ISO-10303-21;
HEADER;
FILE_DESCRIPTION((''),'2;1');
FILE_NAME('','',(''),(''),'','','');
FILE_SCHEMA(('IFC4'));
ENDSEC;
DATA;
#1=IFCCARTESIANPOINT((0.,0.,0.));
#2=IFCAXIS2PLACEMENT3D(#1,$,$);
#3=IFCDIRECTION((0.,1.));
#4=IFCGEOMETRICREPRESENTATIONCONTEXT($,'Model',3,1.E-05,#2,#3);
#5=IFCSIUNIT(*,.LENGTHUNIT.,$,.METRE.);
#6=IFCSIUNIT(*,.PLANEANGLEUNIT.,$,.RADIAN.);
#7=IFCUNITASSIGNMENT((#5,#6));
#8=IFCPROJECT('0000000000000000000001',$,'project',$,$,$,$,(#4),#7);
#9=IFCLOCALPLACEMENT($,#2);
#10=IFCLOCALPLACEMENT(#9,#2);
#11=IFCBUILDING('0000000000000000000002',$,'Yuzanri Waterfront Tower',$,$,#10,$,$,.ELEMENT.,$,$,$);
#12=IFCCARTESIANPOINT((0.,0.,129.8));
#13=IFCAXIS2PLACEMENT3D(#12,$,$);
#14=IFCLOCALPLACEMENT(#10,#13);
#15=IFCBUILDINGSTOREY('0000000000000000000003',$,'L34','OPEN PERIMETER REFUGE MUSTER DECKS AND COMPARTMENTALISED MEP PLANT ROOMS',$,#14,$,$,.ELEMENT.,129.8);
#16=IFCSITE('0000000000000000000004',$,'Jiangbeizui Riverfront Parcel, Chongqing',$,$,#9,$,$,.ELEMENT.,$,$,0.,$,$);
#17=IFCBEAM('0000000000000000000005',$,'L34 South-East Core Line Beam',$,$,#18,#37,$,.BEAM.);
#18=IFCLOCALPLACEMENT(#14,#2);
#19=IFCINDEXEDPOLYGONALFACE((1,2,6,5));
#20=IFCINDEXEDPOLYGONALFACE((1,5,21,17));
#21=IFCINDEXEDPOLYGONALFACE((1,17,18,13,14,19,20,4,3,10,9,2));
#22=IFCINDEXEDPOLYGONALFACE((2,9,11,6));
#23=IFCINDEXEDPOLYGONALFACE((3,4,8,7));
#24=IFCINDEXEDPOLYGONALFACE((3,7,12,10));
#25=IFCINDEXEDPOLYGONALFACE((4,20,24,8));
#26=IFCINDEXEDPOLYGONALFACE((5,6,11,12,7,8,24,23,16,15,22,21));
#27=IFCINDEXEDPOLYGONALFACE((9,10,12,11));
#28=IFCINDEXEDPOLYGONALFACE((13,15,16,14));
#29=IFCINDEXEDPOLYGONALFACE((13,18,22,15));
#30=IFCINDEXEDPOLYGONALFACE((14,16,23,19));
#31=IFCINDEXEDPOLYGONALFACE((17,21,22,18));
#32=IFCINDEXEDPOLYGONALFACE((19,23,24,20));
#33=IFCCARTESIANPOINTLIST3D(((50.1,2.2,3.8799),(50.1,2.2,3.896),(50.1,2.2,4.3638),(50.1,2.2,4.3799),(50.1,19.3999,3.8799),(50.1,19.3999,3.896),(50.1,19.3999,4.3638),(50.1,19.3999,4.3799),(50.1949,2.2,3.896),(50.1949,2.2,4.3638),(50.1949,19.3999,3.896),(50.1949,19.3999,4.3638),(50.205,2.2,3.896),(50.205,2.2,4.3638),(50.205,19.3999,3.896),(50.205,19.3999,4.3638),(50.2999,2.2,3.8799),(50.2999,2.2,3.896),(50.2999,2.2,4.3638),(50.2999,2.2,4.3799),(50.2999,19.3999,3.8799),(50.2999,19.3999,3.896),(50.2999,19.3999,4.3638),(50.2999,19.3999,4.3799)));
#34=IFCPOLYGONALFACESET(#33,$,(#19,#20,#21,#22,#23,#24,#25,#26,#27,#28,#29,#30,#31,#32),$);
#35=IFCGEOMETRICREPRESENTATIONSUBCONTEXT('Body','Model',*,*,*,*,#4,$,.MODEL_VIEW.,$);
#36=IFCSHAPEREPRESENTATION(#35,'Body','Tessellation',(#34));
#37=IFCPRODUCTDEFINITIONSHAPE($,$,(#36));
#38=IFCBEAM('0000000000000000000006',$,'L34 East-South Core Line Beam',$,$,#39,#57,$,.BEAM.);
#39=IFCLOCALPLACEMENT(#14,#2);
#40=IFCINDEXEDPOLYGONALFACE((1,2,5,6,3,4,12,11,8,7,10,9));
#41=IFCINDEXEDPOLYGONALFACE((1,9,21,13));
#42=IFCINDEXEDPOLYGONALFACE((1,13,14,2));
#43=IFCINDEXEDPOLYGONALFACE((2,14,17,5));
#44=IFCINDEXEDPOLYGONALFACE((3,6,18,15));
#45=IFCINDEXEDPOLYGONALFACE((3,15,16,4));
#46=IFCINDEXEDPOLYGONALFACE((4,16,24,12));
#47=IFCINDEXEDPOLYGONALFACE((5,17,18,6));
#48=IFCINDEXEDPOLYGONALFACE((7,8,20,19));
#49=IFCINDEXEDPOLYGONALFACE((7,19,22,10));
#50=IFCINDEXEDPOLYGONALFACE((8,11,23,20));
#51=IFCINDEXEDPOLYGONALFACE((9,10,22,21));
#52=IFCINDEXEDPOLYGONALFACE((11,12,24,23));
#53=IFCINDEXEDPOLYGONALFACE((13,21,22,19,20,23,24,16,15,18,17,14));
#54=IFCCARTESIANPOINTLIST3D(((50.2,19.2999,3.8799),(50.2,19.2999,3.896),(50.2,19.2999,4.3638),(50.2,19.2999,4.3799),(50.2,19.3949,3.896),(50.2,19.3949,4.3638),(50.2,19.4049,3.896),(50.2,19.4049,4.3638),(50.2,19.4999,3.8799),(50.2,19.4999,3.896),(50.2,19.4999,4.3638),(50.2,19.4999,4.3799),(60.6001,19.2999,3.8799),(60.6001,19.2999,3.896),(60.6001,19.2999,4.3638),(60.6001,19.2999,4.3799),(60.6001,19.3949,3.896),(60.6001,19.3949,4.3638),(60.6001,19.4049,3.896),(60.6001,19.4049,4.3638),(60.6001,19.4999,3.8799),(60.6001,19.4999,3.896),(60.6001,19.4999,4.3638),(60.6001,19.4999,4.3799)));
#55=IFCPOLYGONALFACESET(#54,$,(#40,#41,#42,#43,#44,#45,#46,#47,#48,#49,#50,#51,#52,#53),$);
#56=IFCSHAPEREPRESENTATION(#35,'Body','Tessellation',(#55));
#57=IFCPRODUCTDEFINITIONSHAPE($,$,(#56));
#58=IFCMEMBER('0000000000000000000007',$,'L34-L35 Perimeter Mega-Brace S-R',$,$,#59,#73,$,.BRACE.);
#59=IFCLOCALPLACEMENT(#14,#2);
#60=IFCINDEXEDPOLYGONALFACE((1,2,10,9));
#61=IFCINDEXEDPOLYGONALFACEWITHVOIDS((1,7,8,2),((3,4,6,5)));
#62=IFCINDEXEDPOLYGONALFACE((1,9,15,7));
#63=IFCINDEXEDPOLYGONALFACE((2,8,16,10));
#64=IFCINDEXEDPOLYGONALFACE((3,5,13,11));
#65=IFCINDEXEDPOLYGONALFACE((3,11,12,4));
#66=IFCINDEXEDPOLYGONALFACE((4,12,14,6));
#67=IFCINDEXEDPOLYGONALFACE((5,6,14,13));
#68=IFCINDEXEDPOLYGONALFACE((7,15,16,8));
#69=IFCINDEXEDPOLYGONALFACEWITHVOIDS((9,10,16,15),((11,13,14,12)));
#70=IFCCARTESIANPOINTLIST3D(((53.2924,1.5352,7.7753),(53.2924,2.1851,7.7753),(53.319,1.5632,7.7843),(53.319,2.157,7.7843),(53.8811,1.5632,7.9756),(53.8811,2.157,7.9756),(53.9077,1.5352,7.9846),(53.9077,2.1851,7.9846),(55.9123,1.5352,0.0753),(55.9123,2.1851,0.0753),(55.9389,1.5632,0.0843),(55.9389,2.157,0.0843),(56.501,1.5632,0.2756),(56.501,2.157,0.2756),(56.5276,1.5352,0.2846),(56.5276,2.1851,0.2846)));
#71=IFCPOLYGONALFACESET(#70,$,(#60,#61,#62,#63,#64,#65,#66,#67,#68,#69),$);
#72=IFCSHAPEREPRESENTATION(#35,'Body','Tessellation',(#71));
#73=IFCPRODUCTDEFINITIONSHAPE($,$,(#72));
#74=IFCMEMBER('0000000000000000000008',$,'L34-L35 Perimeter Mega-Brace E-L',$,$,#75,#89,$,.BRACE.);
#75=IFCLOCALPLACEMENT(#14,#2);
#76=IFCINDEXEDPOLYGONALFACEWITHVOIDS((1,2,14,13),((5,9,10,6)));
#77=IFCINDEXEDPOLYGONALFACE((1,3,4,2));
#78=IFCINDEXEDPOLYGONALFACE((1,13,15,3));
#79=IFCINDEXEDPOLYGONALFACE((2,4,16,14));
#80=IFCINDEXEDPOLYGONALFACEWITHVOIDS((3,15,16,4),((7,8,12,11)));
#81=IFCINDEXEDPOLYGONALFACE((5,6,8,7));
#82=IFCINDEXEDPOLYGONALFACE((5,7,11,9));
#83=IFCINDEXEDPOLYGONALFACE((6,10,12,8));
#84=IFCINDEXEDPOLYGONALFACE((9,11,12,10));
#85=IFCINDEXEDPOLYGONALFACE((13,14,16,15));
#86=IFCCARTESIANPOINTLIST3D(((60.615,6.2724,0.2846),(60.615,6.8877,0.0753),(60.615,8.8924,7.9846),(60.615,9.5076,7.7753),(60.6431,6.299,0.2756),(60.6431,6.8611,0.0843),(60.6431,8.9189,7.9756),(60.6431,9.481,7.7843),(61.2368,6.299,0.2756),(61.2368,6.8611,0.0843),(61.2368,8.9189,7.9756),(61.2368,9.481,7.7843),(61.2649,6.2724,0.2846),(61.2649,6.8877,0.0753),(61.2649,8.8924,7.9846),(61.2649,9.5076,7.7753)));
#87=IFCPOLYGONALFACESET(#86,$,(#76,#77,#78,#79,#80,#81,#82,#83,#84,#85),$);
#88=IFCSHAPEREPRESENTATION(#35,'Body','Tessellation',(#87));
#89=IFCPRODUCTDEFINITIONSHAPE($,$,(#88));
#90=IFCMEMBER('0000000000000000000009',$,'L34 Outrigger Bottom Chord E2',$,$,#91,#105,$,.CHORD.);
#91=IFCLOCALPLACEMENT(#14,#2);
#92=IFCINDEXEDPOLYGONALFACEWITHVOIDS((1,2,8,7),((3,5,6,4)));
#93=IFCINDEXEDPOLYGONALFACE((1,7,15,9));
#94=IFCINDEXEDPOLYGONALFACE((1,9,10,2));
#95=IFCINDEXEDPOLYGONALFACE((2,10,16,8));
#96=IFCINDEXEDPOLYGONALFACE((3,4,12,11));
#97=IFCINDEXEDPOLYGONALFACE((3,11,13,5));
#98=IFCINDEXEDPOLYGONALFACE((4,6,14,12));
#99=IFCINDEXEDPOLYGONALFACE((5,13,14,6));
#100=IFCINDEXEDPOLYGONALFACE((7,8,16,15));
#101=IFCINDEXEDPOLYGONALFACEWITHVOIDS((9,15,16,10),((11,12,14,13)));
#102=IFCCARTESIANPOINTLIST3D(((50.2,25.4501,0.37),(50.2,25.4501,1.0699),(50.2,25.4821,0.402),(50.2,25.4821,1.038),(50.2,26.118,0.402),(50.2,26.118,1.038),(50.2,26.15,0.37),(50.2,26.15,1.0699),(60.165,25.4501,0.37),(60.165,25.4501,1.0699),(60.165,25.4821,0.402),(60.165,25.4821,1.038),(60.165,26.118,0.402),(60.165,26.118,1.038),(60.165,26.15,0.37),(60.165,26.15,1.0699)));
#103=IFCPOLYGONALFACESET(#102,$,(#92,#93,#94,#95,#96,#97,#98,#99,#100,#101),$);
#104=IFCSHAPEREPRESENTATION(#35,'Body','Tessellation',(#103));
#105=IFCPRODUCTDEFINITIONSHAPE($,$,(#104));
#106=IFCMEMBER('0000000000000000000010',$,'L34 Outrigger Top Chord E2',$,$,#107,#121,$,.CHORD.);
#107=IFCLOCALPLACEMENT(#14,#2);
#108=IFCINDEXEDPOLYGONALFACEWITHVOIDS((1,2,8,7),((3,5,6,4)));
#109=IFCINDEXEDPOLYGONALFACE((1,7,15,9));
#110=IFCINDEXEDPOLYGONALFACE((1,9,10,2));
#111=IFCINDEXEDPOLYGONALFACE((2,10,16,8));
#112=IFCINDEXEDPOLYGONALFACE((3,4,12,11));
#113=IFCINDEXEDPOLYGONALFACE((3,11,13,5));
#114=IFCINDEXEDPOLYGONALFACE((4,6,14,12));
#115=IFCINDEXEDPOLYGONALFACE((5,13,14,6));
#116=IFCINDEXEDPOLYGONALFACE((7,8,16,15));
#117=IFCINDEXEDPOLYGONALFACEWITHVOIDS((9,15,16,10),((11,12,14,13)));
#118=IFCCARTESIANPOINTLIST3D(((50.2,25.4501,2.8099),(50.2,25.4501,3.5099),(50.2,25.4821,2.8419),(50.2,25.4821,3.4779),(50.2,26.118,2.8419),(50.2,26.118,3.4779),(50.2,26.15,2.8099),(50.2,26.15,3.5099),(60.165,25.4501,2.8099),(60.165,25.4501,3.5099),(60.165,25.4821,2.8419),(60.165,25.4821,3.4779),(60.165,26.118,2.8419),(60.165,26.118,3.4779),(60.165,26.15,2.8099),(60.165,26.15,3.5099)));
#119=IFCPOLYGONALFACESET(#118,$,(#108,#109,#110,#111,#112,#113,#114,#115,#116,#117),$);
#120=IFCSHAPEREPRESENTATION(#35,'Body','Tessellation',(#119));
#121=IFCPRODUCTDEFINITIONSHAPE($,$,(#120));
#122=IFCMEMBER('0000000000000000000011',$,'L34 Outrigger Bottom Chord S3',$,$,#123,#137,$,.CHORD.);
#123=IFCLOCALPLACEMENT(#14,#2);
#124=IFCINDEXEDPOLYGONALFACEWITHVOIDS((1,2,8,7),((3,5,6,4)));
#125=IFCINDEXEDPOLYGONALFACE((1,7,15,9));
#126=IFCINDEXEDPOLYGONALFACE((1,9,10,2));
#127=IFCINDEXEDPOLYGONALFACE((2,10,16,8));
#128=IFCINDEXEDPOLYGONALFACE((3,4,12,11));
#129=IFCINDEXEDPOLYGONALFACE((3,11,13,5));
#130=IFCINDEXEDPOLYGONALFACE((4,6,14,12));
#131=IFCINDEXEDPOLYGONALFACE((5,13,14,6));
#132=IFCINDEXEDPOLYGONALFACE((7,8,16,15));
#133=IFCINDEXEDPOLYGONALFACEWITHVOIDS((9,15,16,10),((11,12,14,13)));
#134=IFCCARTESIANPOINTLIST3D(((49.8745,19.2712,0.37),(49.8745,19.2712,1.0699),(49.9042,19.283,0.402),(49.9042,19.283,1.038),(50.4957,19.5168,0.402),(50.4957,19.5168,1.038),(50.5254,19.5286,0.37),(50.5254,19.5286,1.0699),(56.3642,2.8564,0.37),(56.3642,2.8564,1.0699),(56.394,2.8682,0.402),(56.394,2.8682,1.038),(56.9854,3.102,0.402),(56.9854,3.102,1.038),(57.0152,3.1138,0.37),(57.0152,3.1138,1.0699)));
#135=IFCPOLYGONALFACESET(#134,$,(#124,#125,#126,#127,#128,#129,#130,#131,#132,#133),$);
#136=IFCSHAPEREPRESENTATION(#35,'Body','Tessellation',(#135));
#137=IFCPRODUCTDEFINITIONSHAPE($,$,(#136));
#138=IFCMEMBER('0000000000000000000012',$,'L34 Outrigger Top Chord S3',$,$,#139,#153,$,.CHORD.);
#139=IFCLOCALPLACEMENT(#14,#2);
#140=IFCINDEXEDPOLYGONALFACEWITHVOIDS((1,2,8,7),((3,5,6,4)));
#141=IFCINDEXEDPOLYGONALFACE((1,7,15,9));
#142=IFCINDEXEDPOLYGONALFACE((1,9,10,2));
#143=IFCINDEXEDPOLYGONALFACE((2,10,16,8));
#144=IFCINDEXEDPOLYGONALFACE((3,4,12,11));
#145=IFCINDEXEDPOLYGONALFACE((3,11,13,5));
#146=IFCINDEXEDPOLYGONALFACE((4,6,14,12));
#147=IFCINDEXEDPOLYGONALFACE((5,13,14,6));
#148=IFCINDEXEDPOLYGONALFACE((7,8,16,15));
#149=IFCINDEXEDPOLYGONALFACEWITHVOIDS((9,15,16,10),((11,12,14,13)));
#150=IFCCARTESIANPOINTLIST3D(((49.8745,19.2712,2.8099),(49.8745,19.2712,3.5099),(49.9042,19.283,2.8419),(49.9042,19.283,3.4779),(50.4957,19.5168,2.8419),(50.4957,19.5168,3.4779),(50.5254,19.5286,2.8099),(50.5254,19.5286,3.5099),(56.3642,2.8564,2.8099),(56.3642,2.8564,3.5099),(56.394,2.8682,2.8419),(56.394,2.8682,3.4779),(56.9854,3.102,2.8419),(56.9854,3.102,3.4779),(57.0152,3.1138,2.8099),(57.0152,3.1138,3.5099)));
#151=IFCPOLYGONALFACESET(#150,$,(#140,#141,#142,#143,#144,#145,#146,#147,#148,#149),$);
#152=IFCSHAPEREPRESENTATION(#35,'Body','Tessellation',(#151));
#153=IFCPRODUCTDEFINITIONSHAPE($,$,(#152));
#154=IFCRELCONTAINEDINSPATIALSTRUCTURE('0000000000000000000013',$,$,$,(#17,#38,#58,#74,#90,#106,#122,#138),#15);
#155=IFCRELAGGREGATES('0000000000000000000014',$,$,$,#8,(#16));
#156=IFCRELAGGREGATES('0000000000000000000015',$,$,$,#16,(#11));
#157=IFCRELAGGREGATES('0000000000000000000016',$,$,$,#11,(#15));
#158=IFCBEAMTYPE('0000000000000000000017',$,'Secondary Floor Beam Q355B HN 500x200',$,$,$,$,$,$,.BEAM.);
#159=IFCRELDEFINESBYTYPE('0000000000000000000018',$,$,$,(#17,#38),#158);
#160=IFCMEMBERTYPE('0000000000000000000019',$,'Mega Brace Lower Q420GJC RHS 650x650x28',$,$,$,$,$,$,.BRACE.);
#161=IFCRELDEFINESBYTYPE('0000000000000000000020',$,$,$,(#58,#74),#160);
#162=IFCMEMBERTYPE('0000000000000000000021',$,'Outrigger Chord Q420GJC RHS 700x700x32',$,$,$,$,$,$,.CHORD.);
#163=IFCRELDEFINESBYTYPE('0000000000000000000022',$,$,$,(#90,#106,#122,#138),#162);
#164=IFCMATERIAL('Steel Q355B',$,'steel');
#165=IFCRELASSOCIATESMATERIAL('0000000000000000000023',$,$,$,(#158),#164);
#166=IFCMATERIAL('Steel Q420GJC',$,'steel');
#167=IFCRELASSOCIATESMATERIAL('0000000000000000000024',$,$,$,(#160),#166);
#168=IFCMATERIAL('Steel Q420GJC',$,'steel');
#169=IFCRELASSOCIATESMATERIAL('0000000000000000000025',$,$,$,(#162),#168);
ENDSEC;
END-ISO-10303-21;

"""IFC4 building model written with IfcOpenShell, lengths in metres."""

from ifc_helpers import new_model, si_unit, direction, frame, origin, origin_2d, place, context, subcontext, project, spatial, hollow_rectangle, i_section, extrude, source, transform, mapped, material, material_profile, profile_set, type_object, element, save


model = new_model("IFC4")

# Units and contexts
model_context = context("Model", 3, precision=1e-05, world=origin(), true_north=direction((0.0, 1.0)))
body_context = subcontext(model_context, "Body", "Model", "MODEL_VIEW")
ifc_project = project(units=[si_unit("LENGTHUNIT", "METRE"), si_unit("PLANEANGLEUNIT", "RADIAN")], contexts=[model_context])

# Site, building, storey
site_placement = place(None, origin())
site = spatial("IfcSite", under=ifc_project, at=site_placement, Name="Jiangbeizui Riverfront Parcel, Chongqing", CompositionType="ELEMENT", RefElevation=0.0)
building_placement = place(site_placement, origin())
building = spatial("IfcBuilding", under=site, at=building_placement, Name="Yuzanri Waterfront Tower", CompositionType="ELEMENT")
storey_placement = place(building_placement, frame((0.0, 0.0, 129.8)))
storey = spatial("IfcBuildingStorey", under=building, at=storey_placement, Name="L34", Description="OPEN PERIMETER REFUGE MUSTER DECKS AND COMPARTMENTALISED MEP PLANT ROOMS", CompositionType="ELEMENT", Elevation=129.8)

# Beams
ifc_material_1 = material(Name="Steel Q355B", Category="steel")
ifc_material_profile_1 = material_profile(ifc_material_1, i_section(OverallWidth=0.2, OverallDepth=0.5, WebThickness=0.01, FlangeThickness=0.0161, at=origin_2d()), Name="HN 500x200x10x16")
ifc_profile_set_1 = profile_set([ifc_material_profile_1], Name="Steel Q355B")
beam_type_1 = type_object("IfcBeamType", Name="Secondary Floor Beam Q355B HN 500x200", PredefinedType="BEAM", material=ifc_profile_set_1)
shared_shape_1 = source(origin(), body_context, "Body", "SweptSolid", [
    extrude(i_section(OverallWidth=0.2, OverallDepth=0.5, WebThickness=0.01, FlangeThickness=0.0161, at=origin_2d()), origin(), (0.0, 0.0, 1.0), 17.2),
])
beam_1_placement = place(storey_placement, frame((50.2, 19.3999, 4.1299), z_axis=(0.0, -1.0, 0.0), x_axis=(1.0, 0.0, 0.0)))
element("IfcBeam", 1, at=beam_1_placement, inside=storey, type_object=beam_type_1, Name="L34 South-East Core Line Beam", PredefinedType="BEAM", context=body_context, shape_type="MappedRepresentation", body=[
    mapped(shared_shape_1, transform((0.0, 0.0, 0.0), scale=1.0)),
])
shared_shape_2 = source(origin(), body_context, "Body", "SweptSolid", [
    extrude(i_section(OverallWidth=0.2, OverallDepth=0.5, WebThickness=0.01, FlangeThickness=0.0161, at=origin_2d()), origin(), (0.0, 0.0, 1.0), 10.4001),
])
beam_2_placement = place(storey_placement, frame((50.2, 19.3999, 4.1299), z_axis=(1.0, 0.0, 0.0), x_axis=(0.0, 1.0, 0.0)))
element("IfcBeam", 2, at=beam_2_placement, inside=storey, type_object=beam_type_1, Name="L34 East-South Core Line Beam", PredefinedType="BEAM", context=body_context, shape_type="MappedRepresentation", body=[
    mapped(shared_shape_2, transform((0.0, 0.0, 0.0), scale=1.0)),
])

# Members
ifc_material_2 = material(Name="Steel Q420GJC", Category="steel")
ifc_material_profile_2 = material_profile(ifc_material_2, hollow_rectangle(XDim=0.6499, YDim=0.6499, WallThickness=0.0281, at=origin_2d()), Name="RHS 650x650x28")
ifc_profile_set_2 = profile_set([ifc_material_profile_2], Name="Steel Q420GJC")
member_type_1 = type_object("IfcMemberType", Name="Mega Brace Lower Q420GJC RHS 650x650x28", PredefinedType="BRACE", material=ifc_profile_set_2)
shared_shape_3 = source(origin(), body_context, "Body", "SweptSolid", [
    extrude(hollow_rectangle(XDim=0.6499, YDim=0.6499, WallThickness=0.0281, at=origin_2d()), origin(), (0.0, 0.0, 1.0), 8.1335),
])
for number, where, z_axis, x_axis, name in (
    (3, (56.22, 1.8601, 0.1799), (-0.322111, 0.0, 0.946702), (0.0, -1.0, 0.0), "L34-L35 Perimeter Mega-Brace S-R"),
    (4, (60.9399, 6.5801, 0.1799), (0.0, 0.322111, 0.946702), (-1.0, 0.0, 0.0), "L34-L35 Perimeter Mega-Brace E-L"),
):
    element("IfcMember", number, at=place(storey_placement, frame(where, z_axis=z_axis, x_axis=x_axis)), inside=storey, type_object=member_type_1, Name=name, PredefinedType="BRACE", context=body_context, shape_type="MappedRepresentation", body=[
        mapped(shared_shape_3, transform((0.0, 0.0, 0.0), scale=1.0)),
    ])
ifc_material_3 = material(Name="Steel Q420GJC", Category="steel")
ifc_material_profile_3 = material_profile(ifc_material_3, hollow_rectangle(XDim=0.7, YDim=0.7, WallThickness=0.032, at=origin_2d()), Name="RHS 700x700x32")
ifc_profile_set_3 = profile_set([ifc_material_profile_3], Name="Steel Q420GJC")
member_type_2 = type_object("IfcMemberType", Name="Outrigger Chord Q420GJC RHS 700x700x32", PredefinedType="CHORD", material=ifc_profile_set_3)
shared_shape_4 = source(origin(), body_context, "Body", "SweptSolid", [
    extrude(hollow_rectangle(XDim=0.7, YDim=0.7, WallThickness=0.032, at=origin_2d()), origin(), (0.0, 0.0, 1.0), 9.9651),
])
for number, where, z_axis, x_axis, name in (
    (5, (50.2, 25.8, 0.72), (1.0, 0.0, 0.0), (0.0, 1.0, 0.0), "L34 Outrigger Bottom Chord E2"),
    (6, (50.2, 25.8, 3.1599), (1.0, 0.0, 0.0), (0.0, 1.0, 0.0), "L34 Outrigger Top Chord E2"),
):
    element("IfcMember", number, at=place(storey_placement, frame(where, z_axis=z_axis, x_axis=x_axis)), inside=storey, type_object=member_type_2, Name=name, PredefinedType="CHORD", context=body_context, shape_type="MappedRepresentation", body=[
        mapped(shared_shape_4, transform((0.0, 0.0, 0.0), scale=1.0)),
    ])
shared_shape_5 = source(origin(), body_context, "Body", "SweptSolid", [
    extrude(hollow_rectangle(XDim=0.7, YDim=0.7, WallThickness=0.032, at=origin_2d()), origin(), (0.0, 0.0, 1.0), 17.6511),
])
for number, where, z_axis, x_axis, name in (
    (7, (50.2, 19.3999, 0.72), (0.367668, -0.929957, 0.0), (0.929957, 0.367668, 0.0), "L34 Outrigger Bottom Chord S3"),
    (8, (50.2, 19.3999, 3.1599), (0.367668, -0.929957, 0.0), (0.929957, 0.367668, 0.0), "L34 Outrigger Top Chord S3"),
):
    element("IfcMember", number, at=place(storey_placement, frame(where, z_axis=z_axis, x_axis=x_axis)), inside=storey, type_object=member_type_2, Name=name, PredefinedType="CHORD", context=body_context, shape_type="MappedRepresentation", body=[
        mapped(shared_shape_5, transform((0.0, 0.0, 0.0), scale=1.0)),
    ])

save(model, "model.ifc")
